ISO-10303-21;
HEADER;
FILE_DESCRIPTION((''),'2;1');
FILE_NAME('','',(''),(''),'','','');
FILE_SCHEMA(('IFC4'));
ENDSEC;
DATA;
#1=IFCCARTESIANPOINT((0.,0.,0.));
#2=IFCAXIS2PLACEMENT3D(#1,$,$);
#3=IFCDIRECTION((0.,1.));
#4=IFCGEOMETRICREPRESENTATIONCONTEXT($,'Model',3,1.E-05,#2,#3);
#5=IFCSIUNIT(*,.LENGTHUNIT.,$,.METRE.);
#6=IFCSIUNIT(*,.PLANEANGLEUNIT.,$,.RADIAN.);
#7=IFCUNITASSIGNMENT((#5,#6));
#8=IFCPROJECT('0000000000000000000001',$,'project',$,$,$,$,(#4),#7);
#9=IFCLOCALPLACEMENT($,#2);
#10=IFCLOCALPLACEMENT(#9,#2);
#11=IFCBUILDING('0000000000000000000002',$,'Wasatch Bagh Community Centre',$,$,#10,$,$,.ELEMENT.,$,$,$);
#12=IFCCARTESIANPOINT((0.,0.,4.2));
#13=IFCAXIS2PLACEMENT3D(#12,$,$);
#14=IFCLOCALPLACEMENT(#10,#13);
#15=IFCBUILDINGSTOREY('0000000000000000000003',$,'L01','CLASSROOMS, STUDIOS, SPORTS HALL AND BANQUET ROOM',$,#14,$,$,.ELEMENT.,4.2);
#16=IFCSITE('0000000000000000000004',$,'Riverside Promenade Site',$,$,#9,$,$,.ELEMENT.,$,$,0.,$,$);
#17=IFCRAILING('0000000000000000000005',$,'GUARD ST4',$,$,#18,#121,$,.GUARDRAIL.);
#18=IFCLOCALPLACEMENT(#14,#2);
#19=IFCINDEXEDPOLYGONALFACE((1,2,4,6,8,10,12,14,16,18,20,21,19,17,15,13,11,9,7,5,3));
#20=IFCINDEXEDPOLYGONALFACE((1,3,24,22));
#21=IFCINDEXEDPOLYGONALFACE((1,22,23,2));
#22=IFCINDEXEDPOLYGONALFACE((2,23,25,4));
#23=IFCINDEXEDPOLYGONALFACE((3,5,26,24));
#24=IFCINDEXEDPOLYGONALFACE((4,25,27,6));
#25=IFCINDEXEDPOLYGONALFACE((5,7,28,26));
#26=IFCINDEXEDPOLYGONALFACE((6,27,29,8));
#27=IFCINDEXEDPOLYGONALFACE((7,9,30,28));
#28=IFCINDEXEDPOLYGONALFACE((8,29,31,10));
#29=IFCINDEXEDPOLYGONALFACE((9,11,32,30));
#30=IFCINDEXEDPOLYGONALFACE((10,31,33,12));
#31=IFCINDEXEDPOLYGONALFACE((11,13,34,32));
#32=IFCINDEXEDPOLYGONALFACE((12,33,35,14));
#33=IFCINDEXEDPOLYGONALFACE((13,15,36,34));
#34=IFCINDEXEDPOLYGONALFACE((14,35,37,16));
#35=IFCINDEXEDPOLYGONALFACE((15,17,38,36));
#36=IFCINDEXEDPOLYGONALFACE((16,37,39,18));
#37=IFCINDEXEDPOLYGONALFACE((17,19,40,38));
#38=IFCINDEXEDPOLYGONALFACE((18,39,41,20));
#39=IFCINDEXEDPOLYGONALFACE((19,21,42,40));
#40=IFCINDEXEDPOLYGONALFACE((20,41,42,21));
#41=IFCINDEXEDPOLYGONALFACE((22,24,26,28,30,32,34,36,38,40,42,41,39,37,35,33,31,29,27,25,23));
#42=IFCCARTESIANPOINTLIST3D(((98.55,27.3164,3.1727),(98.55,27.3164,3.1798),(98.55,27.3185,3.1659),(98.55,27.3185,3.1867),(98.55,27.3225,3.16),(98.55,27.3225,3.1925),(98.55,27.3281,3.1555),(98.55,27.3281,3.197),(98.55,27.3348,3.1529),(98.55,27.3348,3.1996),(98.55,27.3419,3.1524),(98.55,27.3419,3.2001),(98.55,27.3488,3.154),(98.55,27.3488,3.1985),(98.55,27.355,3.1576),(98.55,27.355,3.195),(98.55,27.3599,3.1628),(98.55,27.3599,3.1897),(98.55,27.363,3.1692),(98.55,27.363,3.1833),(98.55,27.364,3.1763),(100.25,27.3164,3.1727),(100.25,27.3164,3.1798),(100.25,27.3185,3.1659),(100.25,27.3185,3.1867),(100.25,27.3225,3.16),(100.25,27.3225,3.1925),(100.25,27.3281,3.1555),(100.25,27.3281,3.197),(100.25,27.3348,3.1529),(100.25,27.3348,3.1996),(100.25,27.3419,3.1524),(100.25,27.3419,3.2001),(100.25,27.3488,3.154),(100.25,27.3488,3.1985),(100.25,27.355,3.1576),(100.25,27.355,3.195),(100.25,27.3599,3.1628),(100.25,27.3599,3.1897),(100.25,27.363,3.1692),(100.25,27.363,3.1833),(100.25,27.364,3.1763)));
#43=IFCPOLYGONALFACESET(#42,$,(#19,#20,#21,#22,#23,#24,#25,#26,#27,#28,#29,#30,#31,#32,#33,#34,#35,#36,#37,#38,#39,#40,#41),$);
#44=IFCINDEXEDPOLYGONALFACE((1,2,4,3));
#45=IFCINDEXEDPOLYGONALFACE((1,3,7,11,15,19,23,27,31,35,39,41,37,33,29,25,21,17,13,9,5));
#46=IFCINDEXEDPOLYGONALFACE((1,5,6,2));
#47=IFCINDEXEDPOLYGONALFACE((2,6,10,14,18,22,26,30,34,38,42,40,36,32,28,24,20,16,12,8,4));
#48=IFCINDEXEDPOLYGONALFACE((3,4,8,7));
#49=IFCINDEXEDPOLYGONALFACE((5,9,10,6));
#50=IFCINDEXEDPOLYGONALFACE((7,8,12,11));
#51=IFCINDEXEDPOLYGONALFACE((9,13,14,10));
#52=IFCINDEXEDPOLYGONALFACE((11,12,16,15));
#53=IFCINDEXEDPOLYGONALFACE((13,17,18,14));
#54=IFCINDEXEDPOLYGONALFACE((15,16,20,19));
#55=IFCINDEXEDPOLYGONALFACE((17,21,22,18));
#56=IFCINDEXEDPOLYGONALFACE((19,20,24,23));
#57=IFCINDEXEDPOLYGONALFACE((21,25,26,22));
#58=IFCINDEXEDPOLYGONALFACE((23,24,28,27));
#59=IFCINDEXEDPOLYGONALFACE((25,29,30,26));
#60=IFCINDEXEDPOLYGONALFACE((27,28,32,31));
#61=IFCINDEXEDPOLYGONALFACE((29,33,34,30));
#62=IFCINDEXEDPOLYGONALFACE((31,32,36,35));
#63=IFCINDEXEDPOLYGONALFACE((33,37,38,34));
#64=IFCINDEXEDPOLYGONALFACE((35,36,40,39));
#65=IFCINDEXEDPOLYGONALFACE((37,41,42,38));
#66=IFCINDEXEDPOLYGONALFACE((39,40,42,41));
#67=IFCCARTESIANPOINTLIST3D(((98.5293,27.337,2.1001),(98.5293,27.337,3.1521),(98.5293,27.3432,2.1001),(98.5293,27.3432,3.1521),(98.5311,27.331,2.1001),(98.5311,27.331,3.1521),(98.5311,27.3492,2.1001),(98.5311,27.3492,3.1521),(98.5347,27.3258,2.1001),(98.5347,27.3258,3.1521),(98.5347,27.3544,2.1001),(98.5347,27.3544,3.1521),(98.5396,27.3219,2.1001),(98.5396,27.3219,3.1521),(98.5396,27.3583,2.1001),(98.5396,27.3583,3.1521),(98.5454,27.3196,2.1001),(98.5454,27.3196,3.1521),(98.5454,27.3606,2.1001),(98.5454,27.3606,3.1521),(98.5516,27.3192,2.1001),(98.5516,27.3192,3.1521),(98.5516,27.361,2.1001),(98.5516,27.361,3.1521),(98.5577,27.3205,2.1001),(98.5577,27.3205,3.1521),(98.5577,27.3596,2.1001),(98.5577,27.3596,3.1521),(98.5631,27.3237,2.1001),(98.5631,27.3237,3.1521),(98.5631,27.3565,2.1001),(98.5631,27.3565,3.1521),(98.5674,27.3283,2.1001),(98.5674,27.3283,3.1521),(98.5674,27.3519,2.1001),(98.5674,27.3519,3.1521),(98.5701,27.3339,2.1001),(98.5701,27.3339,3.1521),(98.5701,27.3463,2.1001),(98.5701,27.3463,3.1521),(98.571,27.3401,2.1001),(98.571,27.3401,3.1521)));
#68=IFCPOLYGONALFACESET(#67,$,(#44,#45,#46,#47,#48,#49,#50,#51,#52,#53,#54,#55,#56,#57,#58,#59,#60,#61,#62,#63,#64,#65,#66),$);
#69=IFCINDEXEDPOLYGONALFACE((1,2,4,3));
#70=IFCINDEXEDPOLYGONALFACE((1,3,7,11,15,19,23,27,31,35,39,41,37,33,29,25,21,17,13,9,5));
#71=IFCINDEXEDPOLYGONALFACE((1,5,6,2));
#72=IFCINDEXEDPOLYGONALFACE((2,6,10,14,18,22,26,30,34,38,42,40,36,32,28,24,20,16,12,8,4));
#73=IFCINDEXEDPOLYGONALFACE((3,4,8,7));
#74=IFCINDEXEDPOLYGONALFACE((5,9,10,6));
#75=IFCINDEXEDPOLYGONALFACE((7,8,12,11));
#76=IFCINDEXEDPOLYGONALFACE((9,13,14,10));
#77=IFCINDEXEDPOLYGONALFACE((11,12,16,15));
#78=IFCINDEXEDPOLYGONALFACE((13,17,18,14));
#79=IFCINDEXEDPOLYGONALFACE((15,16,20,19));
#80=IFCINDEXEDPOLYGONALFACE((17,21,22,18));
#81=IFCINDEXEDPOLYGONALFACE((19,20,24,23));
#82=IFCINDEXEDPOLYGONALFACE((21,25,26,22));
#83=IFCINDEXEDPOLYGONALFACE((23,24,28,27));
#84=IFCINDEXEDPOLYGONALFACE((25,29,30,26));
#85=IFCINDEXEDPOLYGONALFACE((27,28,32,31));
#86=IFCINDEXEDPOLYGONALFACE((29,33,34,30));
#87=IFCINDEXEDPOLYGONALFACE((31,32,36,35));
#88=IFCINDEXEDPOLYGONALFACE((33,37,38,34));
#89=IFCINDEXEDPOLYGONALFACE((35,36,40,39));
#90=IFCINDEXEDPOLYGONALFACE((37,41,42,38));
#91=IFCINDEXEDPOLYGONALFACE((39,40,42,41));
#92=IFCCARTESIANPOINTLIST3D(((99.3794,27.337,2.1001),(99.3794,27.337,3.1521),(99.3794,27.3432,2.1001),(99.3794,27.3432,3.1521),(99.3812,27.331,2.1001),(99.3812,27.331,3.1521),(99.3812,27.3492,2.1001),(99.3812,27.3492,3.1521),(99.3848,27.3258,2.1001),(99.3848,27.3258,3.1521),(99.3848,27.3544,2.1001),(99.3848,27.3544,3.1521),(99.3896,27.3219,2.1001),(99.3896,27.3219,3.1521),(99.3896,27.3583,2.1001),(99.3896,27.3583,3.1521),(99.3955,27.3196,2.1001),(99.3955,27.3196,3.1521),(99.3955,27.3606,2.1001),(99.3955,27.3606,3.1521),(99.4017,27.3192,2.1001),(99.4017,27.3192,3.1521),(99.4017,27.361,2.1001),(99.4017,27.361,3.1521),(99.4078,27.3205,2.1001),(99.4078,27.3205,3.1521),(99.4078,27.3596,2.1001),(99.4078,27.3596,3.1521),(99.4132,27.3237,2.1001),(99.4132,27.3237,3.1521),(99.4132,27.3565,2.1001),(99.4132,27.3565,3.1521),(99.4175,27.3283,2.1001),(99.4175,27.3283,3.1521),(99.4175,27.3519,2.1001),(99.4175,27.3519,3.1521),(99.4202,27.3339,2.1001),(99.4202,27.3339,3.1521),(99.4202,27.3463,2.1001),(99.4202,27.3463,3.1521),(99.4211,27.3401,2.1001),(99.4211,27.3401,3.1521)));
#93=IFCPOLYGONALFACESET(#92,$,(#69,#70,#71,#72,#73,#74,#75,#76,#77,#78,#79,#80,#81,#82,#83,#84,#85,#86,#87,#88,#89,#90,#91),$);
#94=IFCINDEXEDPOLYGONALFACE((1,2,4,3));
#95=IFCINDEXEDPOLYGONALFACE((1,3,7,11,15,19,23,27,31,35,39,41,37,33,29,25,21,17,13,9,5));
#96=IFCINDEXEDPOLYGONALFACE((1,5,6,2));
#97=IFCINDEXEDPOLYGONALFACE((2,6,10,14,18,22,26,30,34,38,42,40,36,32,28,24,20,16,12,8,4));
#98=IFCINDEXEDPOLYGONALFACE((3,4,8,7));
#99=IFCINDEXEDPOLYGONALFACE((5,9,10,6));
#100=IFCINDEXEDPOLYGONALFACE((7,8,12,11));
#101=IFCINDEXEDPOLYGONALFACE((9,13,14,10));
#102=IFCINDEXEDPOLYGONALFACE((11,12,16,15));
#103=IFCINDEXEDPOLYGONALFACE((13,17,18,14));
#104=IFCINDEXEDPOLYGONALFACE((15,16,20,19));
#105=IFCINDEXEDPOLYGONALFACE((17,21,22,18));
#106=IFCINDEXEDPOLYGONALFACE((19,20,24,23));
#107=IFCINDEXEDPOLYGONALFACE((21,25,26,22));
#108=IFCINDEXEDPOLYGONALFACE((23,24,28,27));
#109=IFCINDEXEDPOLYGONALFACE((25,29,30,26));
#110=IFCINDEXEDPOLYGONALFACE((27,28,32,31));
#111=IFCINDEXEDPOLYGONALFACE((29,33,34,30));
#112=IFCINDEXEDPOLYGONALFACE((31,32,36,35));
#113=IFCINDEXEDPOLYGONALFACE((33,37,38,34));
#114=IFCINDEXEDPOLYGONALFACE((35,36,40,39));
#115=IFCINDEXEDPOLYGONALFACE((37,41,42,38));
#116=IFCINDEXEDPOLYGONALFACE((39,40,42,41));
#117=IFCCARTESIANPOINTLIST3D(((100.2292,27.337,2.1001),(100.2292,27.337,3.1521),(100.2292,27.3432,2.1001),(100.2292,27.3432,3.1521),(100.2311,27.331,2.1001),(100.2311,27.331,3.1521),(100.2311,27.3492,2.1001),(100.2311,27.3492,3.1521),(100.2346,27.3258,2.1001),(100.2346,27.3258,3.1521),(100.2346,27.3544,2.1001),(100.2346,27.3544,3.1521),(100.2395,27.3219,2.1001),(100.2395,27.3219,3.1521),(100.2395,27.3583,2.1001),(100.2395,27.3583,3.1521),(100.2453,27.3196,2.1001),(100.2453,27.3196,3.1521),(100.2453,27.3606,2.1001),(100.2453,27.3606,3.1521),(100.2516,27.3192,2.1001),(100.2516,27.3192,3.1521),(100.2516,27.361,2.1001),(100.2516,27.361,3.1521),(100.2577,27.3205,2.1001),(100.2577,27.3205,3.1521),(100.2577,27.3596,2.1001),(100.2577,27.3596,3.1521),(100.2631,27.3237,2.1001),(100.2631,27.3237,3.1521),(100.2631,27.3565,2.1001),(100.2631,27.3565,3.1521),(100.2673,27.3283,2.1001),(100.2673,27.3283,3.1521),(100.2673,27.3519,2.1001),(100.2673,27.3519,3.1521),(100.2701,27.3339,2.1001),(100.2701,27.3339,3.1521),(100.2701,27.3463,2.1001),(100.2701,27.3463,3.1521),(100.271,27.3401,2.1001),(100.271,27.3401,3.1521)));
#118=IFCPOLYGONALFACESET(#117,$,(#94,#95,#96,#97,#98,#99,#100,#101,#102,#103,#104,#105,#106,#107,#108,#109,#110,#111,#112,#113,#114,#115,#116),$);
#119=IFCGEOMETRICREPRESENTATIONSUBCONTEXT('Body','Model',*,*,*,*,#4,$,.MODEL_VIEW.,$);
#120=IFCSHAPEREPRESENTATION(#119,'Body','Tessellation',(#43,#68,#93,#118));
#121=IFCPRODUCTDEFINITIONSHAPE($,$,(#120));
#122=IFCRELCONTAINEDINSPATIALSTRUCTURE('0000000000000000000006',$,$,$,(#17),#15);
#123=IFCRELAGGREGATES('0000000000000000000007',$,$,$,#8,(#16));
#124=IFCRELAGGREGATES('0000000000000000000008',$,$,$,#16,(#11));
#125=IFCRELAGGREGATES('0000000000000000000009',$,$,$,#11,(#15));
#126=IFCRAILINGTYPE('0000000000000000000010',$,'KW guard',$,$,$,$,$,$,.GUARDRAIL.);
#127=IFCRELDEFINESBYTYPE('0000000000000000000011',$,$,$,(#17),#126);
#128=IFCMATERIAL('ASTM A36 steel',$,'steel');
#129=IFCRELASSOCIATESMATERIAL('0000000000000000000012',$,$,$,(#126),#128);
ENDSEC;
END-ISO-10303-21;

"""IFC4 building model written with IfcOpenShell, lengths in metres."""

from ifc_helpers import new_model, si_unit, direction, frame, origin, origin_2d, place, context, subcontext, project, spatial, circle, extrude, material, type_object, element, save


model = new_model("IFC4")

# Units and contexts
model_context = context("Model", 3, precision=1e-05, world=origin(), true_north=direction((0.0, 1.0)))
body_context = subcontext(model_context, "Body", "Model", "MODEL_VIEW")
ifc_project = project(units=[si_unit("LENGTHUNIT", "METRE"), si_unit("PLANEANGLEUNIT", "RADIAN")], contexts=[model_context])

# Site, building, storey
site_placement = place(None, origin())
site = spatial("IfcSite", under=ifc_project, at=site_placement, Name="Riverside Promenade Site", CompositionType="ELEMENT", RefElevation=0.0)
building_placement = place(site_placement, origin())
building = spatial("IfcBuilding", under=site, at=building_placement, Name="Wasatch Bagh Community Centre", CompositionType="ELEMENT")
storey_placement = place(building_placement, frame((0.0, 0.0, 4.2)))
storey = spatial("IfcBuildingStorey", under=building, at=storey_placement, Name="L01", Description="CLASSROOMS, STUDIOS, SPORTS HALL AND BANQUET ROOM", CompositionType="ELEMENT", Elevation=4.2)

# Railing
ifc_material_1 = material(Name="ASTM A36 steel", Category="steel")
railing_type_1 = type_object("IfcRailingType", Name="KW guard", PredefinedType="GUARDRAIL", material=ifc_material_1)
railing_1_placement = place(storey_placement, frame((98.55, 27.3401, 2.1001)))
element("IfcRailing", 1, at=railing_1_placement, inside=storey, type_object=railing_type_1, Name="GUARD ST4", PredefinedType="GUARDRAIL", context=body_context, shape_type="SweptSolid", body=[
    extrude(circle(Radius=0.0239, at=origin_2d()), frame((0.0, 0.0, 1.0762), z_axis=(1.0, 0.0, 0.0), x_axis=(0.0, 1.0, 0.0)), (0.0, 0.0, 1.0), 1.7),
    extrude(circle(Radius=0.021, at=origin_2d()), origin(), (0.0, 0.0, 1.0), 1.052),
    extrude(circle(Radius=0.021, at=origin_2d()), frame((0.8501, 0.0, 0.0)), (0.0, 0.0, 1.0), 1.052),
    extrude(circle(Radius=0.021, at=origin_2d()), frame((1.7, 0.0, 0.0)), (0.0, 0.0, 1.0), 1.052),
])

save(model, "model.ifc")
